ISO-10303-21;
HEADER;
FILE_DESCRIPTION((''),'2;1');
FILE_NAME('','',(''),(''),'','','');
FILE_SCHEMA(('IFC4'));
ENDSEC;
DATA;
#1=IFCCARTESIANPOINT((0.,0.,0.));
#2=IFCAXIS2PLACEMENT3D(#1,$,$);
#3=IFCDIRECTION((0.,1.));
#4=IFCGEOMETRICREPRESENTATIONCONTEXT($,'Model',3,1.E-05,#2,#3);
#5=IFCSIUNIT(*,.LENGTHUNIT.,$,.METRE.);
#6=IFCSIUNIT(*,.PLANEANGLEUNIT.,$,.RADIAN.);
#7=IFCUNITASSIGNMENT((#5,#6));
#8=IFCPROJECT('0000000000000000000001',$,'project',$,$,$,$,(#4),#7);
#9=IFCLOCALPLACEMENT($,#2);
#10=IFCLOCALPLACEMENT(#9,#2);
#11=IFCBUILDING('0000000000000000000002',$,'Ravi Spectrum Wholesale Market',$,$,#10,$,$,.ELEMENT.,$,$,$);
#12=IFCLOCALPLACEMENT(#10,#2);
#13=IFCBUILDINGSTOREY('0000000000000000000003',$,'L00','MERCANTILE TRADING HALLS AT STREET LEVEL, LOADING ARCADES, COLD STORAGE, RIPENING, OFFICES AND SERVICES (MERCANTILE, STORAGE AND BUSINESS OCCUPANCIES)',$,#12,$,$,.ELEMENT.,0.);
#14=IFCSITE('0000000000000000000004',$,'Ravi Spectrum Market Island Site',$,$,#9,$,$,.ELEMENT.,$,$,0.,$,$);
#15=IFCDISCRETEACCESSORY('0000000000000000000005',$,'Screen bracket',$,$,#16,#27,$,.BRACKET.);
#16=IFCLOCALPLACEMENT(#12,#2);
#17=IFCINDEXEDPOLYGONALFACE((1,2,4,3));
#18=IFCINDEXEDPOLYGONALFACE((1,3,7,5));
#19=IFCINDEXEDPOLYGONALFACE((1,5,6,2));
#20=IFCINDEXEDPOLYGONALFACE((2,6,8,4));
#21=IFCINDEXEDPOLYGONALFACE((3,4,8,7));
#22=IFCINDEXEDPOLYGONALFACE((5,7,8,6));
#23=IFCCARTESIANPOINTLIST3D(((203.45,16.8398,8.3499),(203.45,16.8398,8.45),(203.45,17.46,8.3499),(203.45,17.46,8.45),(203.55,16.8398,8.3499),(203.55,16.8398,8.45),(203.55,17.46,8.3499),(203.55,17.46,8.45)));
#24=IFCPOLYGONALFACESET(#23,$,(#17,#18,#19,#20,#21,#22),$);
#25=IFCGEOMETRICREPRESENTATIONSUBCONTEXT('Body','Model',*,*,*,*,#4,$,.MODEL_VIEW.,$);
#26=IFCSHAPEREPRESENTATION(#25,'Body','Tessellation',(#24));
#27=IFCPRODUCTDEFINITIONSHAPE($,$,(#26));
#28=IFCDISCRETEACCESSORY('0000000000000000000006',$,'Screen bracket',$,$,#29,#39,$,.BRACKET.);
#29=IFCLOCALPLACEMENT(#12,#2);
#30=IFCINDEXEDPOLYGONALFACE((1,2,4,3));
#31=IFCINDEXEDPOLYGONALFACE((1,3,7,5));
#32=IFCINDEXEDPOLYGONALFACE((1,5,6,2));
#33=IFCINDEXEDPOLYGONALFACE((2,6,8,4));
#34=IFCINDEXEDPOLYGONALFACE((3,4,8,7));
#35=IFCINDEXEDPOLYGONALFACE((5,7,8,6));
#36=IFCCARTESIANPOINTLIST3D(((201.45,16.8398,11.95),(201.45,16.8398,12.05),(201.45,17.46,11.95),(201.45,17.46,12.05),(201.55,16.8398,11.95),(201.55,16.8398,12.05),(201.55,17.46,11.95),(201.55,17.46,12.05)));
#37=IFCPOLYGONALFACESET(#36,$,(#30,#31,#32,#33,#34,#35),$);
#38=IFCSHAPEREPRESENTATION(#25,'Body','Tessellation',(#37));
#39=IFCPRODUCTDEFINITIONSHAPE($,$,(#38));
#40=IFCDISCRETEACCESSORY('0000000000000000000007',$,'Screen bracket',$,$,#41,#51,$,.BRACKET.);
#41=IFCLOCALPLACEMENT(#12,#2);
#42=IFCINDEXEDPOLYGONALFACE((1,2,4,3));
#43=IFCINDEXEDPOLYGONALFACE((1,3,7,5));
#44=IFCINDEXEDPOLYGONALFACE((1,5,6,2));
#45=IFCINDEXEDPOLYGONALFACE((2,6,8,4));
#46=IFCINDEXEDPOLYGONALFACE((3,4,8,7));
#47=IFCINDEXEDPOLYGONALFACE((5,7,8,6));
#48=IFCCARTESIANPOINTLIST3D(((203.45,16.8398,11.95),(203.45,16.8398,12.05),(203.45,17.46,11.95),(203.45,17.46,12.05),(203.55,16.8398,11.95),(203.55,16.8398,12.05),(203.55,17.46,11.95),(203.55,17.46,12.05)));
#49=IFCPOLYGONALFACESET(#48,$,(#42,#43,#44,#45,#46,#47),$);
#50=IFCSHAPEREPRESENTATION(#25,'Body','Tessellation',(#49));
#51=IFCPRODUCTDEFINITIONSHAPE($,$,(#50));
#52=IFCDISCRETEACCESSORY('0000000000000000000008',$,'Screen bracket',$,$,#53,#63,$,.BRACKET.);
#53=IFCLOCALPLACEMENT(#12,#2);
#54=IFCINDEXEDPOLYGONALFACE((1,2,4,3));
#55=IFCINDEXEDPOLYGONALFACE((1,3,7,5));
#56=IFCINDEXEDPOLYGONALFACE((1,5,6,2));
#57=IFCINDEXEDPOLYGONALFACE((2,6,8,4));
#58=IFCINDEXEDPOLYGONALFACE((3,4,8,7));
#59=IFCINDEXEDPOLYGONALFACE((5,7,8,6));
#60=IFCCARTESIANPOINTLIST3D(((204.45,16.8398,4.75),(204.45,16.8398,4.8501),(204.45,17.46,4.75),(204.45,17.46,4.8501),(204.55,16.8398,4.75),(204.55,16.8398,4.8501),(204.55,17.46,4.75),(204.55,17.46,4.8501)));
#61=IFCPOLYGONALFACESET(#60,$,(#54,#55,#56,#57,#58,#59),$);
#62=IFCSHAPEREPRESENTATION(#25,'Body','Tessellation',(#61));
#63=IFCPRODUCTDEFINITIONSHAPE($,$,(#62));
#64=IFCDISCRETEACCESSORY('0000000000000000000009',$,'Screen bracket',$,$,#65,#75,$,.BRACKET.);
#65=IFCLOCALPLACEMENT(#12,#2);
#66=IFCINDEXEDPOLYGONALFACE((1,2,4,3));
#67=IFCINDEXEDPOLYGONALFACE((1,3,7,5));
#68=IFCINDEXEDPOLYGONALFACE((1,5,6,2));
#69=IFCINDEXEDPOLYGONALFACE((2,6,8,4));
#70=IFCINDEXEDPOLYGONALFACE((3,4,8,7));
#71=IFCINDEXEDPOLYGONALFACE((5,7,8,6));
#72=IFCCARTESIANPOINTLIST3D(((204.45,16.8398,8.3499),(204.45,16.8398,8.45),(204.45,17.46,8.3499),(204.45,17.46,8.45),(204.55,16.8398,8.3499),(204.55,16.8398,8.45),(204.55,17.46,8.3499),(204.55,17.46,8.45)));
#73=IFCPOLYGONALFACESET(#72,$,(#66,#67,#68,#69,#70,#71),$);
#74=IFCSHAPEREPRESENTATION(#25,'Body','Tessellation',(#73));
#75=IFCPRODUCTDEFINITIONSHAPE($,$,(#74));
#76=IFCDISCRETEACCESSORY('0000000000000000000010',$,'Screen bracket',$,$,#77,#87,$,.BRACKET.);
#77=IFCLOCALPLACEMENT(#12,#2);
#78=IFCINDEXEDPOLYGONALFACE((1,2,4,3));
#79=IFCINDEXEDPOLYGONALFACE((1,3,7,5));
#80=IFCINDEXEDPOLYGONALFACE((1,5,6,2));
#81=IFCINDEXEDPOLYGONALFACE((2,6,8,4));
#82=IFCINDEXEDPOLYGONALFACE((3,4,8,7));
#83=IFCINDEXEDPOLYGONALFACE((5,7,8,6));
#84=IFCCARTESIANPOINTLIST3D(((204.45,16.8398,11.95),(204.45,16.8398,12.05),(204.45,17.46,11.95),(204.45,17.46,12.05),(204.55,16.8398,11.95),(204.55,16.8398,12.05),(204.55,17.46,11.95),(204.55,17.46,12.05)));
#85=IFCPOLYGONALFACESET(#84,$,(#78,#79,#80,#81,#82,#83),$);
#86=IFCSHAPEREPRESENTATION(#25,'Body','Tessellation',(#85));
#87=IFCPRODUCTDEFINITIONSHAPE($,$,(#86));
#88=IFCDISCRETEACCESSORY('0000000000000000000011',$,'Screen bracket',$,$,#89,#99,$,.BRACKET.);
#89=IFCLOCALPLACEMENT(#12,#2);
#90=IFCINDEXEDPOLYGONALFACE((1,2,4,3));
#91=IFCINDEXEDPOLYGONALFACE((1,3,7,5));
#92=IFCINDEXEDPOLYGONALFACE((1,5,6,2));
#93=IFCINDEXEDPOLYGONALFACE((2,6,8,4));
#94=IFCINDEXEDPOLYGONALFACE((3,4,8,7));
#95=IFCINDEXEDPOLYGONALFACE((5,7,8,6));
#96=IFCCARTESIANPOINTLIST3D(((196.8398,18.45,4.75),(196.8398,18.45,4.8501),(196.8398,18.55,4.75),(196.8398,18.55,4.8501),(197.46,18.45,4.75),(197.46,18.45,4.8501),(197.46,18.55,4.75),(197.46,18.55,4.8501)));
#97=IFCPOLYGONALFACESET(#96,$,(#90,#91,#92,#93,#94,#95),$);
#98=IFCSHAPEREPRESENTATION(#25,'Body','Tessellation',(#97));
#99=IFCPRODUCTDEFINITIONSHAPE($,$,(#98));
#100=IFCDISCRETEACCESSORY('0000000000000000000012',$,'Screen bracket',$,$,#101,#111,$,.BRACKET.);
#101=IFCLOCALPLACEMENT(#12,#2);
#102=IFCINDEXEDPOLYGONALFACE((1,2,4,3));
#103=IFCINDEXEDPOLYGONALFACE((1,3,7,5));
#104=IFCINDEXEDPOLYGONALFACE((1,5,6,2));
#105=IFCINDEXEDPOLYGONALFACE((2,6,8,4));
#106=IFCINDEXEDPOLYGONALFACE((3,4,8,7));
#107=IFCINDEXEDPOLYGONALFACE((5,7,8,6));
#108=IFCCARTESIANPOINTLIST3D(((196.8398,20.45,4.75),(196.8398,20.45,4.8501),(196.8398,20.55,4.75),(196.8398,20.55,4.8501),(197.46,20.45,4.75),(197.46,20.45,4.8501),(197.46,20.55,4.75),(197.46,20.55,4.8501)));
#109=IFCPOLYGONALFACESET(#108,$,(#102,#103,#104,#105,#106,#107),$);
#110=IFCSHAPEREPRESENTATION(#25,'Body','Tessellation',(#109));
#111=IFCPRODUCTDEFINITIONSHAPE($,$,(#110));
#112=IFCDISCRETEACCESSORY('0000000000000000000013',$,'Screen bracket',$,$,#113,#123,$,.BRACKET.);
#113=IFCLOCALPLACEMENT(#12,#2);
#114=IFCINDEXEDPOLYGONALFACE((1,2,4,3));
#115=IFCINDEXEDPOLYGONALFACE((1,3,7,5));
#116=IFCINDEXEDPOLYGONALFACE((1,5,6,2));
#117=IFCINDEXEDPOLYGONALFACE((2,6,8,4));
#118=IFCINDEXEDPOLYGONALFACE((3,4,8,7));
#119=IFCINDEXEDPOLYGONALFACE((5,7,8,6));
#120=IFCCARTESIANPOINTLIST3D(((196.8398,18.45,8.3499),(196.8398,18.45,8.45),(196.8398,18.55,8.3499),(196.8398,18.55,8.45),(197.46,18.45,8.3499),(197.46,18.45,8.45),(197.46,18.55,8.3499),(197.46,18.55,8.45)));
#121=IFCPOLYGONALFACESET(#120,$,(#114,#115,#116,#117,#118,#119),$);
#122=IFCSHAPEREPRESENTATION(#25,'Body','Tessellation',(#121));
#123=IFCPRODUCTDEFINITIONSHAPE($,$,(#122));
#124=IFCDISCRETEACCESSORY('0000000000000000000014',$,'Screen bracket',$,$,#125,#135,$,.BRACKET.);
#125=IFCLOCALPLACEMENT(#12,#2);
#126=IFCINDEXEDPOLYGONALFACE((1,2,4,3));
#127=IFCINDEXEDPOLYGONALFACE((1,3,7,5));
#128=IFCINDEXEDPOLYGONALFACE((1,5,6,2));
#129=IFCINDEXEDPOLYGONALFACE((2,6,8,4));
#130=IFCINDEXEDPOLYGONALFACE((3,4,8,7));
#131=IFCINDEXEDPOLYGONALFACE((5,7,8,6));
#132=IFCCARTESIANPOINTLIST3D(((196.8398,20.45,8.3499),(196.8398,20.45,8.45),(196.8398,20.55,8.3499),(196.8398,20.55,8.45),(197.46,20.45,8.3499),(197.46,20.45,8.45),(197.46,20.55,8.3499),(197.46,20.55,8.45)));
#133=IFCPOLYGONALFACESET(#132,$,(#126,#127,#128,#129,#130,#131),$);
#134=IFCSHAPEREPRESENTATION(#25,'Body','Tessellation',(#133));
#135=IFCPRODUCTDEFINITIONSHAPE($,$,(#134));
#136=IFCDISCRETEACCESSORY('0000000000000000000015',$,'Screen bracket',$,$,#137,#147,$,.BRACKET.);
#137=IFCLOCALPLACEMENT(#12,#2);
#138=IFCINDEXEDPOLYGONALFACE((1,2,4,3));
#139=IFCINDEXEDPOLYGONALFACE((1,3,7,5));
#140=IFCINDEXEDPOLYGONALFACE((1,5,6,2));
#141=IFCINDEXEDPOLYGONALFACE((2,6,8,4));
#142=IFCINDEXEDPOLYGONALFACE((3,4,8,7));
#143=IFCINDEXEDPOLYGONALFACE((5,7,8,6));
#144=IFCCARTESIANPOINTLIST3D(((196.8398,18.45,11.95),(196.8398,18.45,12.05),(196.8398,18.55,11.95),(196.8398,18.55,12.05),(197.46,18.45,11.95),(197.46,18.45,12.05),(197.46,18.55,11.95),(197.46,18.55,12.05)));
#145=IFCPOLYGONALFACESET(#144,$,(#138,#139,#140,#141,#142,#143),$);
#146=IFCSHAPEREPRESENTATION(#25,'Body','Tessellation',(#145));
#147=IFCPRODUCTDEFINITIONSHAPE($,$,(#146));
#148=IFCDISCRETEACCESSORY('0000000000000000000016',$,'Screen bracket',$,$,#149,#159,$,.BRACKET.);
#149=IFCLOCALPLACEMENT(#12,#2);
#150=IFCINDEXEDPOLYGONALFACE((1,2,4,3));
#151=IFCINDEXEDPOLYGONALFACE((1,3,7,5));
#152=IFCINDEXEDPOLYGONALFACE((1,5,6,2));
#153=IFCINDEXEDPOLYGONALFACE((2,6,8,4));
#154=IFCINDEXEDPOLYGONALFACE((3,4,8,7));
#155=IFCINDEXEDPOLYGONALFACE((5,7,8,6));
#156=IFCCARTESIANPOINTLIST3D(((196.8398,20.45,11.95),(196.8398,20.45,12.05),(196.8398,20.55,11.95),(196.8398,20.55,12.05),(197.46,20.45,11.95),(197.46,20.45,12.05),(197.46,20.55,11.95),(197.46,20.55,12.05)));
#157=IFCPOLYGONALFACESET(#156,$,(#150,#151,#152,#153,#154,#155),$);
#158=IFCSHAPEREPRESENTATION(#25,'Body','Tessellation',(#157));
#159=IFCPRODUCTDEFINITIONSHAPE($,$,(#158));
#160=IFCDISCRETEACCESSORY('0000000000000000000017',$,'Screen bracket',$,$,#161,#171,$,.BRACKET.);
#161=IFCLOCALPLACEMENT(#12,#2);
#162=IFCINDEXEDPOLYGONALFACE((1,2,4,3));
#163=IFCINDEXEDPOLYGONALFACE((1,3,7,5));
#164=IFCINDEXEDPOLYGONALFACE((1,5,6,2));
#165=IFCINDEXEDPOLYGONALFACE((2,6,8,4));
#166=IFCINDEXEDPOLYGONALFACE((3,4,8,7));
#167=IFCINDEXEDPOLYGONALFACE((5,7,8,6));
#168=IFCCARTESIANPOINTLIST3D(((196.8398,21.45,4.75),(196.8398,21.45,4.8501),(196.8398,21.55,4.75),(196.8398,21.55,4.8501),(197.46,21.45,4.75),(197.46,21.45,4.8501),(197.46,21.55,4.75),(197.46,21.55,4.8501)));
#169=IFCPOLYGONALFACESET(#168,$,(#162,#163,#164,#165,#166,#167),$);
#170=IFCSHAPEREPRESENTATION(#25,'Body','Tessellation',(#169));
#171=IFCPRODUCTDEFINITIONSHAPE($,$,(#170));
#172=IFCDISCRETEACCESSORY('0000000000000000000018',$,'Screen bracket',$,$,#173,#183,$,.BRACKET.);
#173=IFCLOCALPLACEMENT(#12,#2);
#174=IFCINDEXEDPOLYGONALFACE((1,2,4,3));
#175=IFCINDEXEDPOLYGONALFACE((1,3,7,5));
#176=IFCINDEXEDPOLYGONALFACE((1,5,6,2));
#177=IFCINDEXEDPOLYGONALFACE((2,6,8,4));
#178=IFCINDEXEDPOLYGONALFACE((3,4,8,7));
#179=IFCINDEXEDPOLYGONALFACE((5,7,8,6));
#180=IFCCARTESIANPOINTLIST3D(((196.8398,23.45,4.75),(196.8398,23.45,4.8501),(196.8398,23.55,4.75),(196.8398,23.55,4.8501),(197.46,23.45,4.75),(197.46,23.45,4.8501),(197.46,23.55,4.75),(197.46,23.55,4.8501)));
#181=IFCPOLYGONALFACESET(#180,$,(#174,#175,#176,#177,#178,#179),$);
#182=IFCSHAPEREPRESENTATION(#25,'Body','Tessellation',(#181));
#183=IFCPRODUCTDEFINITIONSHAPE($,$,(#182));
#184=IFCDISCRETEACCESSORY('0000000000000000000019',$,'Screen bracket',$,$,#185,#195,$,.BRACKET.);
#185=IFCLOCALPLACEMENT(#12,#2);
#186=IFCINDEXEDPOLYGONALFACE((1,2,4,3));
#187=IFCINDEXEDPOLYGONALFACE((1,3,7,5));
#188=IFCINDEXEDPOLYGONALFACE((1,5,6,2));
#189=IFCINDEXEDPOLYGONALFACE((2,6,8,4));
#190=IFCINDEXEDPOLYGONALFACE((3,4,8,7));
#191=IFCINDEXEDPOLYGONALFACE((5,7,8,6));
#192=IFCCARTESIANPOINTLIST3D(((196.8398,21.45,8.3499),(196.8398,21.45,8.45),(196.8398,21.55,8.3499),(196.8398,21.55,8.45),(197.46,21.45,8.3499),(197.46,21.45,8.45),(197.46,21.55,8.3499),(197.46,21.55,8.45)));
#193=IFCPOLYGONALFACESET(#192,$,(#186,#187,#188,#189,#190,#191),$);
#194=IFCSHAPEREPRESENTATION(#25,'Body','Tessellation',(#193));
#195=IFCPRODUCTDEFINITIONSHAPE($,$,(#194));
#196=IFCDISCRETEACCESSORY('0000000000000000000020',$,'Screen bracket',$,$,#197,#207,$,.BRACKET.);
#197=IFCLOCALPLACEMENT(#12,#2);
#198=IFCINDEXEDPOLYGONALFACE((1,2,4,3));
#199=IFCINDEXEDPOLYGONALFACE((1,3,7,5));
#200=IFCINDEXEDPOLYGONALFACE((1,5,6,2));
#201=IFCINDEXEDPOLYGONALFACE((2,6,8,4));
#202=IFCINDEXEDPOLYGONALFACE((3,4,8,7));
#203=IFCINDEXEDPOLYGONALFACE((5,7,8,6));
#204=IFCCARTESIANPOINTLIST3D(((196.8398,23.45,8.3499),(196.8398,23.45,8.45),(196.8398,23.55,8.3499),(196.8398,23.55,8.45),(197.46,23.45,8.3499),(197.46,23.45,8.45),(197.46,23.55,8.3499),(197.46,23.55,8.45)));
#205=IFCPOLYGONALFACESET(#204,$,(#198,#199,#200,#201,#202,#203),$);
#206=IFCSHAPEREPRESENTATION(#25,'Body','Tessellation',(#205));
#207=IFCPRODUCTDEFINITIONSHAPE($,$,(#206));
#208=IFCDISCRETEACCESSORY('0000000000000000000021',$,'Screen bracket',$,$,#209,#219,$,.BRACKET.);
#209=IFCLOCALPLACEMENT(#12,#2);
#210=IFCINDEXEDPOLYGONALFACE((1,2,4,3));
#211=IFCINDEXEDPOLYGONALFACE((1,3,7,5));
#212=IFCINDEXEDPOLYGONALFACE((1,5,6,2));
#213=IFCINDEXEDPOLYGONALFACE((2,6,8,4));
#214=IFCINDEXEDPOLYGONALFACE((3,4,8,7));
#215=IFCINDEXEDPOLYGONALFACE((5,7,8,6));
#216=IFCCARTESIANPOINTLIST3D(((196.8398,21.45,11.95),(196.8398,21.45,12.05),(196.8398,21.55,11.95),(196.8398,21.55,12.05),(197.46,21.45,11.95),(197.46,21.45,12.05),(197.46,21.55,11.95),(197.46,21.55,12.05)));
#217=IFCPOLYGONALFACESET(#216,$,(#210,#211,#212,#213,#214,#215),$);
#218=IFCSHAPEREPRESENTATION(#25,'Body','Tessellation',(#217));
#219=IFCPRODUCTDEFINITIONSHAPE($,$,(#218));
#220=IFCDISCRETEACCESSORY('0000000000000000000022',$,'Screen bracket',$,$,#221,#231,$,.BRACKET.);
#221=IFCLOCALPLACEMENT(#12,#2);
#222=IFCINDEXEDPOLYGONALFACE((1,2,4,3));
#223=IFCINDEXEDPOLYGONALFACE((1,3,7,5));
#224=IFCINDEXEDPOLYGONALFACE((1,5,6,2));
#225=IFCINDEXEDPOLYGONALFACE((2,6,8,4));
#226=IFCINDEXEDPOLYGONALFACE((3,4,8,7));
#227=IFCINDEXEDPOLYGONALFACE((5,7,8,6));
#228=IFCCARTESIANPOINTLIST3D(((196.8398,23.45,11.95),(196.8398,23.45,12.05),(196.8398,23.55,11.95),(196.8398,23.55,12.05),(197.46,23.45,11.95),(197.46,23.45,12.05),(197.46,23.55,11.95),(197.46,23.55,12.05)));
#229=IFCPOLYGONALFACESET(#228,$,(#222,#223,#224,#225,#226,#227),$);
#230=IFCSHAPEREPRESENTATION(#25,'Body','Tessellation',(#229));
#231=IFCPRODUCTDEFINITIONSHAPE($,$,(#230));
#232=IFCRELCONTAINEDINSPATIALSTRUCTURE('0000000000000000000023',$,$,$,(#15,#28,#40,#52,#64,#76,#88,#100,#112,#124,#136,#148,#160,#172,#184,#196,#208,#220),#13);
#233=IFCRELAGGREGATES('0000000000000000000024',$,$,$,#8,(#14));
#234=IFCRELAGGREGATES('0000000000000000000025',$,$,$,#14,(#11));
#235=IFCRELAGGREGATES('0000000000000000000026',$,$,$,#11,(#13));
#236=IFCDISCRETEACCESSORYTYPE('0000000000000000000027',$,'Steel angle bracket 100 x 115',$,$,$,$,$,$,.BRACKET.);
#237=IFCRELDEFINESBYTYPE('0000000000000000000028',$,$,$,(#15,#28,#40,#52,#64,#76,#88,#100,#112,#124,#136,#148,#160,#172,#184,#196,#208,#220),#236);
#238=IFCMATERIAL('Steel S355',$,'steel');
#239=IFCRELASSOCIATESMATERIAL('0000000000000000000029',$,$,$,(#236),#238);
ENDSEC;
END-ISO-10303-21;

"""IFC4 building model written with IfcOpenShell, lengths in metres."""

from ifc_helpers import new_model, si_unit, direction, frame, origin, origin_2d, place, context, subcontext, project, spatial, rectangle, extrude, material, type_object, element, save


model = new_model("IFC4")

# Units and contexts
model_context = context("Model", 3, precision=1e-05, world=origin(), true_north=direction((0.0, 1.0)))
body_context = subcontext(model_context, "Body", "Model", "MODEL_VIEW")
ifc_project = project(units=[si_unit("LENGTHUNIT", "METRE"), si_unit("PLANEANGLEUNIT", "RADIAN")], contexts=[model_context])

# Site, building, storey
site_placement = place(None, origin())
site = spatial("IfcSite", under=ifc_project, at=site_placement, Name="Ravi Spectrum Market Island Site", CompositionType="ELEMENT", RefElevation=0.0)
building_placement = place(site_placement, origin())
building = spatial("IfcBuilding", under=site, at=building_placement, Name="Ravi Spectrum Wholesale Market", CompositionType="ELEMENT")
storey_placement = place(building_placement, origin())
storey = spatial("IfcBuildingStorey", under=building, at=storey_placement, Name="L00", Description="MERCANTILE TRADING HALLS AT STREET LEVEL, LOADING ARCADES, COLD STORAGE, RIPENING, OFFICES AND SERVICES (MERCANTILE, STORAGE AND BUSINESS OCCUPANCIES)", CompositionType="ELEMENT", Elevation=0.0)

# Discrete accessories
ifc_material_1 = material(Name="Steel S355", Category="steel")
discrete_accessory_type = type_object("IfcDiscreteAccessoryType", Name="Steel angle bracket 100 x 115", PredefinedType="BRACKET", material=ifc_material_1)
for number, where, z_axis, x_axis, name in (
    (1, (203.5, 17.1499, 8.3499), (0.0, 0.0, 1.0), (1.0, 0.0, 0.0), "Screen bracket"),
    (2, (201.5, 17.1499, 11.95), (0.0, 0.0, 1.0), (1.0, 0.0, 0.0), "Screen bracket"),
    (3, (203.5, 17.1499, 11.95), (0.0, 0.0, 1.0), (1.0, 0.0, 0.0), "Screen bracket"),
    (4, (204.5, 17.1499, 4.75), (0.0, 0.0, 1.0), (1.0, 0.0, 0.0), "Screen bracket"),
    (5, (204.5, 17.1499, 8.3499), (0.0, 0.0, 1.0), (1.0, 0.0, 0.0), "Screen bracket"),
    (6, (204.5, 17.1499, 11.95), (0.0, 0.0, 1.0), (1.0, 0.0, 0.0), "Screen bracket"),
):
    element("IfcDiscreteAccessory", number, at=place(storey_placement, frame(where, z_axis=z_axis, x_axis=x_axis)), inside=storey, type_object=discrete_accessory_type, Name=name, PredefinedType="BRACKET", context=body_context, shape_type="SweptSolid", body=[
        extrude(rectangle(XDim=0.1001, YDim=0.6201, at=origin_2d()), origin(), (0.0, 0.0, 1.0), 0.1001),
    ])
for number, where, z_axis, x_axis, name in (
    (7, (197.1499, 18.5, 4.75), (0.0, 0.0, 1.0), (1.0, 0.0, 0.0), "Screen bracket"),
    (8, (197.1499, 20.5, 4.75), (0.0, 0.0, 1.0), (1.0, 0.0, 0.0), "Screen bracket"),
    (9, (197.1499, 18.5, 8.3499), (0.0, 0.0, 1.0), (1.0, 0.0, 0.0), "Screen bracket"),
    (10, (197.1499, 20.5, 8.3499), (0.0, 0.0, 1.0), (1.0, 0.0, 0.0), "Screen bracket"),
    (11, (197.1499, 18.5, 11.95), (0.0, 0.0, 1.0), (1.0, 0.0, 0.0), "Screen bracket"),
    (12, (197.1499, 20.5, 11.95), (0.0, 0.0, 1.0), (1.0, 0.0, 0.0), "Screen bracket"),
    (13, (197.1499, 21.5, 4.75), (0.0, 0.0, 1.0), (1.0, 0.0, 0.0), "Screen bracket"),
    (14, (197.1499, 23.5, 4.75), (0.0, 0.0, 1.0), (1.0, 0.0, 0.0), "Screen bracket"),
    (15, (197.1499, 21.5, 8.3499), (0.0, 0.0, 1.0), (1.0, 0.0, 0.0), "Screen bracket"),
    (16, (197.1499, 23.5, 8.3499), (0.0, 0.0, 1.0), (1.0, 0.0, 0.0), "Screen bracket"),
    (17, (197.1499, 21.5, 11.95), (0.0, 0.0, 1.0), (1.0, 0.0, 0.0), "Screen bracket"),
    (18, (197.1499, 23.5, 11.95), (0.0, 0.0, 1.0), (1.0, 0.0, 0.0), "Screen bracket"),
):
    element("IfcDiscreteAccessory", number, at=place(storey_placement, frame(where, z_axis=z_axis, x_axis=x_axis)), inside=storey, type_object=discrete_accessory_type, Name=name, PredefinedType="BRACKET", context=body_context, shape_type="SweptSolid", body=[
        extrude(rectangle(XDim=0.6201, YDim=0.1001, at=origin_2d()), origin(), (0.0, 0.0, 1.0), 0.1001),
    ])

save(model, "model.ifc")
